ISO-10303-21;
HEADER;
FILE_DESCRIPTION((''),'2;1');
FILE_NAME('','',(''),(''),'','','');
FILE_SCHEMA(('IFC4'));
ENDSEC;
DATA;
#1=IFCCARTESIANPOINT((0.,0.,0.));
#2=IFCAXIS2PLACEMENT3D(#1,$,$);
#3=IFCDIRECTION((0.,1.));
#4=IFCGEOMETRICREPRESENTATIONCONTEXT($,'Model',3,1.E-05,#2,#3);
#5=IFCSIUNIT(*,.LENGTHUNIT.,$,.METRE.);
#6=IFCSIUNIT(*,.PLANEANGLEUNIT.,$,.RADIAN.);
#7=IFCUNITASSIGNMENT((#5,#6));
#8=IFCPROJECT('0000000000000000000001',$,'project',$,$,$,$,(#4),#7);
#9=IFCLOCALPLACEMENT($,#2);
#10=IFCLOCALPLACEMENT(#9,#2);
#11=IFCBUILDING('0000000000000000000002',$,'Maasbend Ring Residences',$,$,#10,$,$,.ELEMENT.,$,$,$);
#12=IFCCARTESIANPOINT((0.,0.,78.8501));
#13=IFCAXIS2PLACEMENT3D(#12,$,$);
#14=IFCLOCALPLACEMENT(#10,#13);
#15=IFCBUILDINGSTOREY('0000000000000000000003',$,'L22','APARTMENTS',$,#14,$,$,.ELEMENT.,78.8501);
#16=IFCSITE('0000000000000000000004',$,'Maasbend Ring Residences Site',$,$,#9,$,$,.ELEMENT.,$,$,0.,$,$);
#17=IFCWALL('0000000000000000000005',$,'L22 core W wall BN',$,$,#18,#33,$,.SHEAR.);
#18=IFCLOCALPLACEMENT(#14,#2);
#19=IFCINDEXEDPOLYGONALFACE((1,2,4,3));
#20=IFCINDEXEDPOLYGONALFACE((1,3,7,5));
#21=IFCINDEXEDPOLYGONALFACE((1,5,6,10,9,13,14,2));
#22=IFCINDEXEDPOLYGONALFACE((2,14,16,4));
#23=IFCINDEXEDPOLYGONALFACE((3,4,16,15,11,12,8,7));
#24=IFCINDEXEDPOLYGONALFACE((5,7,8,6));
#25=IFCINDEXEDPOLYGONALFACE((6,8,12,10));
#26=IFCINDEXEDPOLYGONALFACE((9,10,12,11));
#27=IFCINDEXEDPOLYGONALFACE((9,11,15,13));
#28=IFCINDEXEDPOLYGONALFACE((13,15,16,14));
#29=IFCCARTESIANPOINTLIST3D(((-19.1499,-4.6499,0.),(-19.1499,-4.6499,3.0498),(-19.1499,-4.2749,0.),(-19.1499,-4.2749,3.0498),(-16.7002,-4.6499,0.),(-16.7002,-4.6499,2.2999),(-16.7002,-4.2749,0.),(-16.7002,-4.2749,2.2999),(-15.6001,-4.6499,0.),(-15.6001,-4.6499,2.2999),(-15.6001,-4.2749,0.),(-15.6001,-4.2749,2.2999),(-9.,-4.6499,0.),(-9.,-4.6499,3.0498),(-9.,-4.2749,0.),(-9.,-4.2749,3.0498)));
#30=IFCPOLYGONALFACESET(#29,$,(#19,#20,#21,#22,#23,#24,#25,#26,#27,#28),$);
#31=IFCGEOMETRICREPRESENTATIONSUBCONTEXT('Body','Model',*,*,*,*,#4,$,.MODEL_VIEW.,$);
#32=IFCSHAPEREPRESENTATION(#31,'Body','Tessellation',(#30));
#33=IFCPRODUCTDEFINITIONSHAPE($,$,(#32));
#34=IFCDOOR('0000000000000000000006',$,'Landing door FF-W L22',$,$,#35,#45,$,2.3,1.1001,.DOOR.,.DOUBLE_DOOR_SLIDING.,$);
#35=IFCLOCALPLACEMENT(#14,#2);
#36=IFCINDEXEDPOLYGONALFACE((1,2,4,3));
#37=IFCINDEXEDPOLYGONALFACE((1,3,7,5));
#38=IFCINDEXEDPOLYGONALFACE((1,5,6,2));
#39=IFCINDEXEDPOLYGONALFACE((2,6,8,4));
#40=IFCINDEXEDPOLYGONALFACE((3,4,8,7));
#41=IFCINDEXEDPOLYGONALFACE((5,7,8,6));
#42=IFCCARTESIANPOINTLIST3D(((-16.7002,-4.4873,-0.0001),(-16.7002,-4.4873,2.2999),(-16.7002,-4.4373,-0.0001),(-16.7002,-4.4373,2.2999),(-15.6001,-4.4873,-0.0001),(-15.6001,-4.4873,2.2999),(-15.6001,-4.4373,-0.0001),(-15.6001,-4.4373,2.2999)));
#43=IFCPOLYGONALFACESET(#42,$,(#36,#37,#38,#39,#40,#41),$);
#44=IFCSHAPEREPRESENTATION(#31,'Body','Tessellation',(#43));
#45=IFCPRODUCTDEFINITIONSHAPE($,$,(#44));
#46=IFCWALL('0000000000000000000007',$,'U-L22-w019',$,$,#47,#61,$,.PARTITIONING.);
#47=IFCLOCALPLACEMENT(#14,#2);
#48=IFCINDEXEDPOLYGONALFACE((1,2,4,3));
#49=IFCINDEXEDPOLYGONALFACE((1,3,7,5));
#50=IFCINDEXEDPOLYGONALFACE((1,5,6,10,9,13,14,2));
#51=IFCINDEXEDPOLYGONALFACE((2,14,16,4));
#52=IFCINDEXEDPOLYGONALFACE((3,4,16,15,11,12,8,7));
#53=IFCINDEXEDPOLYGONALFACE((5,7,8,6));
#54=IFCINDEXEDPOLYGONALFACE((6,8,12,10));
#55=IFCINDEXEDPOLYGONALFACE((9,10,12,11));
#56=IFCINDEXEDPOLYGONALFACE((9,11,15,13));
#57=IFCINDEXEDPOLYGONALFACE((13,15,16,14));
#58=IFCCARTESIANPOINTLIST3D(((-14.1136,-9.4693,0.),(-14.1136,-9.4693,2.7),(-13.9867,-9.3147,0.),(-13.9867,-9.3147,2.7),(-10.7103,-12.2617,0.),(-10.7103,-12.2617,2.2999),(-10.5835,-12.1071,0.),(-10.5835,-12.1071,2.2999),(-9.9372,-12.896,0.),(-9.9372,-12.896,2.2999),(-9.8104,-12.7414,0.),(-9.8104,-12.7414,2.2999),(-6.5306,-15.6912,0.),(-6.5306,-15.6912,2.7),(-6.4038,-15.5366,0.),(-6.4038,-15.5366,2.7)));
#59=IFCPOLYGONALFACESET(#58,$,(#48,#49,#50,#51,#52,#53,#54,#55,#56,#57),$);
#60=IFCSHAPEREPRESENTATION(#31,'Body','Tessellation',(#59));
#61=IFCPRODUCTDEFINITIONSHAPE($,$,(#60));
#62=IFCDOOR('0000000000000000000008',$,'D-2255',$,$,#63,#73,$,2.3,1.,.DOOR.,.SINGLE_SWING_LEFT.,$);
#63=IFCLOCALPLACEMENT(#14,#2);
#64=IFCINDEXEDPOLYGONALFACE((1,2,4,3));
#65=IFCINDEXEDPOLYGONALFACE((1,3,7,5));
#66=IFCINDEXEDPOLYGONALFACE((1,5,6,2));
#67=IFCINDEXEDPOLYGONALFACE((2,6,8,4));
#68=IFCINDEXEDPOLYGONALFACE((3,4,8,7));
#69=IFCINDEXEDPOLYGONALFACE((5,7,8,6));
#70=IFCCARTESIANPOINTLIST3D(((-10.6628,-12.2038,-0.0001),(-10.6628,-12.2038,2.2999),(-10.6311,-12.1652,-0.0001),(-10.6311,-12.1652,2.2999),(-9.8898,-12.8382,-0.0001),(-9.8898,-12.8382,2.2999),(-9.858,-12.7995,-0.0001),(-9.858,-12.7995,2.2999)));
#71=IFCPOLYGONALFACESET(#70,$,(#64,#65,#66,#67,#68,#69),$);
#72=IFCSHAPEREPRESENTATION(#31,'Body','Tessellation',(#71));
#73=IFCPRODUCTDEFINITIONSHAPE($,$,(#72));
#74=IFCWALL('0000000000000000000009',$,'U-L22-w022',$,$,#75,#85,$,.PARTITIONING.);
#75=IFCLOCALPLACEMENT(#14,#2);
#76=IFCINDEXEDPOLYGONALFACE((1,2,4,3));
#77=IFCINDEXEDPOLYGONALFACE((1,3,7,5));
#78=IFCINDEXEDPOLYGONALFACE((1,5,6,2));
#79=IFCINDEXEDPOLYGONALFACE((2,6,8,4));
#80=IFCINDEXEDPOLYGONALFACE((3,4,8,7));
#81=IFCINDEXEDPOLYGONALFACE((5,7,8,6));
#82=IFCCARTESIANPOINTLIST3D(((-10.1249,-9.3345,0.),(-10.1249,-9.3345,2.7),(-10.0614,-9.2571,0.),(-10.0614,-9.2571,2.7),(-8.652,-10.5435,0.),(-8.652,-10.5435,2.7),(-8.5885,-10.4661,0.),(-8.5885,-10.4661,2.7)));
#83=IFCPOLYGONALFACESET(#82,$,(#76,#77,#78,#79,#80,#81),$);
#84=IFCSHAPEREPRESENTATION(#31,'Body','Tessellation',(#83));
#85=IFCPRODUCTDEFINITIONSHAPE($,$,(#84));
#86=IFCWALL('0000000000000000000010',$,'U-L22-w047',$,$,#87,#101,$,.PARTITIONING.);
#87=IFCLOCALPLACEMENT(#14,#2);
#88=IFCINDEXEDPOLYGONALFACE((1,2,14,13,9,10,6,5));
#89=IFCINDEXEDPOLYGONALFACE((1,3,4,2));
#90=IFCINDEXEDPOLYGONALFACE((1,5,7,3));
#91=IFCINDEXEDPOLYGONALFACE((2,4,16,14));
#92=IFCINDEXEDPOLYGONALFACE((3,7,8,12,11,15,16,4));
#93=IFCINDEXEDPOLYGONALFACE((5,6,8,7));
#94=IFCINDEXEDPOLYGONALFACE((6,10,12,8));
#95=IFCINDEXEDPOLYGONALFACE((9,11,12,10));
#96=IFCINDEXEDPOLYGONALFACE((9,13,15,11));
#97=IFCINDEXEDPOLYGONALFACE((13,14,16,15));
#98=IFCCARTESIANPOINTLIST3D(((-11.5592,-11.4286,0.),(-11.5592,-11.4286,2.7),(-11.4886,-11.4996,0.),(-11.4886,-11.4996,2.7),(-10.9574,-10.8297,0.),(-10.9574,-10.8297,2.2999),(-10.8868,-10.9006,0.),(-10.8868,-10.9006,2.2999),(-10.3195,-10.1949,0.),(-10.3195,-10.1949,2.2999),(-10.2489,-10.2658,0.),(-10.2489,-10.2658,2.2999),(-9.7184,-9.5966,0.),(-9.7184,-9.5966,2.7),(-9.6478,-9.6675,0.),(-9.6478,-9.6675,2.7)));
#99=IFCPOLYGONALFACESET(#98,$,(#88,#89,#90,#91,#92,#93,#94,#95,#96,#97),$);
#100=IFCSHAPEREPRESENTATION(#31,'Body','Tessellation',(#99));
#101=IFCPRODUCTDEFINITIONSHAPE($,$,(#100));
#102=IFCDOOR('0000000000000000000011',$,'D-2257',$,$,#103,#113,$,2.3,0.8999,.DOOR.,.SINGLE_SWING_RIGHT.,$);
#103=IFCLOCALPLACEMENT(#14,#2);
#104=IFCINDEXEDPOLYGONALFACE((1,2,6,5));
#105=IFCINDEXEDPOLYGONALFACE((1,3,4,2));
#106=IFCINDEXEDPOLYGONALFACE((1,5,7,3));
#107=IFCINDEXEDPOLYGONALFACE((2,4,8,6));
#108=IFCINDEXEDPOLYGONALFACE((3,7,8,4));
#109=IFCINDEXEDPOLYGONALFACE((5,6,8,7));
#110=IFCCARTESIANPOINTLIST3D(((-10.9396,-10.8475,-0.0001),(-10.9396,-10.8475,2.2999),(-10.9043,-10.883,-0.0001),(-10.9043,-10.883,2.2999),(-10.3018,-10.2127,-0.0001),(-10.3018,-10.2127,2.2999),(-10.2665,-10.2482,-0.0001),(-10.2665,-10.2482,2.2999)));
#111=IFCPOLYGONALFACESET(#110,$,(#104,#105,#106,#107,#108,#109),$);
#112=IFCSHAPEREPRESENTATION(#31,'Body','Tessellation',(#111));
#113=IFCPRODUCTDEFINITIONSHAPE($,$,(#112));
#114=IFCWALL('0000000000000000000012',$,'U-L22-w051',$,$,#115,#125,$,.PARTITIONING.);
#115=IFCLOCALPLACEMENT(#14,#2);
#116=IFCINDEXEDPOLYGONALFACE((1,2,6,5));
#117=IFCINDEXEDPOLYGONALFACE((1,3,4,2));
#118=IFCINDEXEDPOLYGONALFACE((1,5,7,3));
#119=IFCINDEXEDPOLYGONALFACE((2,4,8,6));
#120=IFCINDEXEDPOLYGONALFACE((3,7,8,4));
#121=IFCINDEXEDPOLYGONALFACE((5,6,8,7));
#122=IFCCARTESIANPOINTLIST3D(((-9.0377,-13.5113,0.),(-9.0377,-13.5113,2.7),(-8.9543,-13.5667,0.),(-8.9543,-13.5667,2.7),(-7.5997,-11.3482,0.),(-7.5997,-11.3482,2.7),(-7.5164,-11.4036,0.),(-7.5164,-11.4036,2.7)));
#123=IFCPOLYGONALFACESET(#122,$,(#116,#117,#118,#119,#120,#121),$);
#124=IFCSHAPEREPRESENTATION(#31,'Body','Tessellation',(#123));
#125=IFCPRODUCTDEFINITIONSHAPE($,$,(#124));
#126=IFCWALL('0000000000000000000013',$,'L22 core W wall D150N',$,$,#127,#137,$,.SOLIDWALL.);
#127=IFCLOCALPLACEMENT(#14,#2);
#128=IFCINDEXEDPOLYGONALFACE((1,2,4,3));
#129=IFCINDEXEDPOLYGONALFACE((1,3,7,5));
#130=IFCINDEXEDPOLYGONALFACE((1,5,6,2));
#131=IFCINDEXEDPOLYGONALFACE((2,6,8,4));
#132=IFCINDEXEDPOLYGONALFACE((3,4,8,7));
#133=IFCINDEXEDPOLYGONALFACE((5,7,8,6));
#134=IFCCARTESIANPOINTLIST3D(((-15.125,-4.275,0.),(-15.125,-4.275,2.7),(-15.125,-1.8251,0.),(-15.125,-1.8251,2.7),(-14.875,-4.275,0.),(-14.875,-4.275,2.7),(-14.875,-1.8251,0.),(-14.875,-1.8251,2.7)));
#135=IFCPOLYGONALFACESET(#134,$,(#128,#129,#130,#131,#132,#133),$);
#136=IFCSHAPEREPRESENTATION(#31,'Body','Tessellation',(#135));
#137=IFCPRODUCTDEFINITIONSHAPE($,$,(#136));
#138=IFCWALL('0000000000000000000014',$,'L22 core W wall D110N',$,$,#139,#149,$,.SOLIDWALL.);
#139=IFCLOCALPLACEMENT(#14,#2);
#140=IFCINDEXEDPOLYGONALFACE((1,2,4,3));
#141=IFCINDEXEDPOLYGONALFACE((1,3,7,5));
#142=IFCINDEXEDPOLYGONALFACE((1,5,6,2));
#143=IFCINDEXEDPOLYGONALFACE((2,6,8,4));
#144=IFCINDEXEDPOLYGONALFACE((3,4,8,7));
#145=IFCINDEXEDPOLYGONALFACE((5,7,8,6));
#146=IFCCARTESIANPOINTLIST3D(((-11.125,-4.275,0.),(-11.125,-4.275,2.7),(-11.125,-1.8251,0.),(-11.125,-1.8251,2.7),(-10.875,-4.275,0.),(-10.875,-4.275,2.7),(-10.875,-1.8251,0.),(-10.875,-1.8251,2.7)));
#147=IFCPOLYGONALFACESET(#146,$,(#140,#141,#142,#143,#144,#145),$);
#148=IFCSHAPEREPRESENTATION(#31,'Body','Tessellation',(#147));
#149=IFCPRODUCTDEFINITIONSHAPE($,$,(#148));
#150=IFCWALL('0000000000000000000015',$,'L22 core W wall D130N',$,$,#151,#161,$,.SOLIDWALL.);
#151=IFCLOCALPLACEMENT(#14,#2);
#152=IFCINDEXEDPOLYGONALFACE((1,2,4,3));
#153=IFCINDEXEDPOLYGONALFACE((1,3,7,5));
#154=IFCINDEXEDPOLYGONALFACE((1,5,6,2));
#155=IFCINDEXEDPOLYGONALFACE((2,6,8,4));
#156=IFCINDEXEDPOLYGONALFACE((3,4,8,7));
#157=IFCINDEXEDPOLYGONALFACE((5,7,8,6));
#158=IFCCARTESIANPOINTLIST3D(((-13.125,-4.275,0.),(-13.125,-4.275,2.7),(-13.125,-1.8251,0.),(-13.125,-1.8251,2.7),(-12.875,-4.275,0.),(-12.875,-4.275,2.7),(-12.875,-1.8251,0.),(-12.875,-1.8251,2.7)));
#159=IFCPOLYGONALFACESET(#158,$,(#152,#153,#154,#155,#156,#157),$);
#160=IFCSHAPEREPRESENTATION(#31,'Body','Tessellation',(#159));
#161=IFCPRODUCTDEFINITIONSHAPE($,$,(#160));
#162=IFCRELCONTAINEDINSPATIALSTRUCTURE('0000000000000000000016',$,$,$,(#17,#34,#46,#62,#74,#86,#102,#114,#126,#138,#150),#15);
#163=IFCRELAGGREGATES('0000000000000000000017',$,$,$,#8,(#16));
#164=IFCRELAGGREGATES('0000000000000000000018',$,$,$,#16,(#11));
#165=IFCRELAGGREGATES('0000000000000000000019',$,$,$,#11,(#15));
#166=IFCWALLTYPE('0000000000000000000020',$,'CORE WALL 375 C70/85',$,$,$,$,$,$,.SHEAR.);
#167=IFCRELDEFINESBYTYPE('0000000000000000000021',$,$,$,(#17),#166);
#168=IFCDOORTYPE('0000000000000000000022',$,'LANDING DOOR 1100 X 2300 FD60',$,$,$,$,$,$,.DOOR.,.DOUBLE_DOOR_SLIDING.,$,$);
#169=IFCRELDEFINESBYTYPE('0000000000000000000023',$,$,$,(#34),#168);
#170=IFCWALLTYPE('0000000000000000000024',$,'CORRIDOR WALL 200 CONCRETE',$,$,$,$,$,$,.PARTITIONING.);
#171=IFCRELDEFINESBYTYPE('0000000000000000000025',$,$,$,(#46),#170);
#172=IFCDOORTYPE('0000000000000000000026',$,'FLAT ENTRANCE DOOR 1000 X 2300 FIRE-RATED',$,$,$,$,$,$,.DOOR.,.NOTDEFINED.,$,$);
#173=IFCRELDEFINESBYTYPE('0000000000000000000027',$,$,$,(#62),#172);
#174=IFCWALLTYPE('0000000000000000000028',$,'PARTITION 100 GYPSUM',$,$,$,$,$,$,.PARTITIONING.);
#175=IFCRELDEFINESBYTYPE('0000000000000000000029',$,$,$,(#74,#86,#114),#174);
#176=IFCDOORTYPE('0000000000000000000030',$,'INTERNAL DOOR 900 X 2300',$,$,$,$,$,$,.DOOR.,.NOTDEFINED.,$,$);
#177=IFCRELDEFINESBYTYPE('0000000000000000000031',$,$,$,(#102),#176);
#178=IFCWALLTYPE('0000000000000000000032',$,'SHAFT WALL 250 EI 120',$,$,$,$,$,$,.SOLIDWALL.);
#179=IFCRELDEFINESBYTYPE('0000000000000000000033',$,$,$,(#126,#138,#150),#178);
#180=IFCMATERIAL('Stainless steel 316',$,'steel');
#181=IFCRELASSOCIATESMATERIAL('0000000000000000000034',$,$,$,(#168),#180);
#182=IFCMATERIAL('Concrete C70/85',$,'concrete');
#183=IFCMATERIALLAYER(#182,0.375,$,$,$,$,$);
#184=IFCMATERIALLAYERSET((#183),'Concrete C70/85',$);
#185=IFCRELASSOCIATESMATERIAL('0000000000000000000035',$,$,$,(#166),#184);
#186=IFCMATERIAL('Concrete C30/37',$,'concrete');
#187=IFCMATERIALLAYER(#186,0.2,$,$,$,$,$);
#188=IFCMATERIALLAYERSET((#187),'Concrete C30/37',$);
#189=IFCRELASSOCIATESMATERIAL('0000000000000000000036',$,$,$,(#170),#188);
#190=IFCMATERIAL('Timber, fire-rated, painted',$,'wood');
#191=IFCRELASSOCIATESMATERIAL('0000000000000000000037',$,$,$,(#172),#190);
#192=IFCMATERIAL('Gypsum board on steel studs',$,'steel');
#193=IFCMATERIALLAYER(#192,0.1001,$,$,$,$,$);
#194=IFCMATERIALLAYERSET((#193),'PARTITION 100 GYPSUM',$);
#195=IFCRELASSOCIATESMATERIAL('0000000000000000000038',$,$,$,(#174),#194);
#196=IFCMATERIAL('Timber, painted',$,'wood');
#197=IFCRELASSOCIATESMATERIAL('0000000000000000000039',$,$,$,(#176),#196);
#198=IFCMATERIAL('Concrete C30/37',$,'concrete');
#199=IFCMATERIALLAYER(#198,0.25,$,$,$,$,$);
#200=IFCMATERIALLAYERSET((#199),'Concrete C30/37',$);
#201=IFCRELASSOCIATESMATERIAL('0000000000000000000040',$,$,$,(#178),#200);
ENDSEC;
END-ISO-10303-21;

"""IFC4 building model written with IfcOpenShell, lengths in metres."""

from ifc_helpers import new_model, si_unit, direction, frame, frame_2d, origin, place, context, subcontext, project, spatial, rectangle, extrude, material, layer, layer_set, type_object, element, fill, save


model = new_model("IFC4")

# Units and contexts
model_context = context("Model", 3, precision=1e-05, world=origin(), true_north=direction((0.0, 1.0)))
body_context = subcontext(model_context, "Body", "Model", "MODEL_VIEW")
ifc_project = project(units=[si_unit("LENGTHUNIT", "METRE"), si_unit("PLANEANGLEUNIT", "RADIAN")], contexts=[model_context])

# Site, building, storey
site_placement = place(None, origin())
site = spatial("IfcSite", under=ifc_project, at=site_placement, Name="Maasbend Ring Residences Site", CompositionType="ELEMENT", RefElevation=0.0)
building_placement = place(site_placement, origin())
building = spatial("IfcBuilding", under=site, at=building_placement, Name="Maasbend Ring Residences", CompositionType="ELEMENT")
storey_placement = place(building_placement, frame((0.0, 0.0, 78.8501)))
storey = spatial("IfcBuildingStorey", under=building, at=storey_placement, Name="L22", Description="APARTMENTS", CompositionType="ELEMENT", Elevation=78.8501)

# Shared definitions
ifc_material_1 = material(Name="Stainless steel 316", Category="steel")
door_type_1 = type_object("IfcDoorType", Name="LANDING DOOR 1100 X 2300 FD60", OperationType="DOUBLE_DOOR_SLIDING", PredefinedType="DOOR", material=ifc_material_1)

# Walls, openings, doors
ifc_material_2 = material(Name="Concrete C70/85", Category="concrete")
ifc_layer_1 = layer(ifc_material_2, 0.375)
ifc_layer_set_1 = layer_set([ifc_layer_1], Name="Concrete C70/85")
wall_type_1 = type_object("IfcWallType", Name="CORE WALL 375 C70/85", PredefinedType="SHEAR", material=ifc_layer_set_1)
wall_1_placement = place(storey_placement, frame((-9.0, -4.4624, 0.0), z_axis=(0.0, 0.0, 1.0), x_axis=(-1.0, 0.0, 0.0)))
wall_1 = element("IfcWall", 1, at=wall_1_placement, inside=storey, type_object=wall_type_1, Name="L22 core W wall BN", PredefinedType="SHEAR", context=body_context, shape_type="SweptSolid", body=[
    extrude(rectangle(XDim=10.1499, YDim=0.375, at=frame_2d((5.075, 0.0))), origin(), (0.0, 0.0, 1.0), 3.0498),
])
opening_1_placement = place(wall_1_placement, frame((6.6001, 0.0, 0.0)))
opening_1 = element("IfcOpeningElement", 2, at=opening_1_placement, cuts=wall_1, PredefinedType="OPENING", context=body_context, shape_type="SweptSolid", body=[
    extrude(rectangle(XDim=1.1001, YDim=2.3, at=frame_2d((0.55, 1.1499))), frame((0.0, 0.1975, 0.0), z_axis=(0.0, -1.0, 0.0), x_axis=(1.0, 0.0, 0.0)), (0.0, 0.0, 1.0), 0.395),
])
door_1_placement = place(opening_1_placement, origin())
door_1 = element("IfcDoor", 3, at=door_1_placement, inside=storey, type_object=door_type_1, Name="Landing door FF-W L22", OperationType="DOUBLE_DOOR_SLIDING", OverallHeight=2.3, OverallWidth=1.1001, PredefinedType="DOOR", context=body_context, shape_type="SweptSolid", body=[
    extrude(rectangle(XDim=1.1001, YDim=2.3, at=frame_2d((0.55, 1.1499))), frame((0.0, 0.0249, 0.0), z_axis=(0.0, -1.0, 0.0), x_axis=(1.0, 0.0, 0.0)), (0.0, 0.0, 1.0), 0.05),
])
fill(opening_1, door_1)
ifc_material_3 = material(Name="Concrete C30/37", Category="concrete")
ifc_layer_2 = layer(ifc_material_3, 0.2)
ifc_layer_set_2 = layer_set([ifc_layer_2], Name="Concrete C30/37")
wall_type_2 = type_object("IfcWallType", Name="CORRIDOR WALL 200 CONCRETE", PredefinedType="PARTITIONING", material=ifc_layer_set_2)
wall_2_placement = place(storey_placement, frame((-14.05, -9.3921, 0.0), z_axis=(0.0, 0.0, 1.0), x_axis=(0.773075, -0.634315, 0.0)))
wall_2 = element("IfcWall", 4, at=wall_2_placement, inside=storey, type_object=wall_type_2, Name="U-L22-w019", PredefinedType="PARTITIONING", context=body_context, shape_type="SweptSolid", body=[
    extrude(rectangle(XDim=9.8088, YDim=0.2, at=frame_2d((4.9043, 0.0))), origin(), (0.0, 0.0, 1.0), 2.7),
])
opening_2_placement = place(wall_2_placement, frame((4.4021, 0.0, 0.0)))
opening_2 = element("IfcOpeningElement", 5, at=opening_2_placement, cuts=wall_2, PredefinedType="OPENING", context=body_context, shape_type="SweptSolid", body=[
    extrude(rectangle(XDim=1.0, YDim=2.3, at=frame_2d((0.5, 1.1499))), frame((0.0, 0.1099, 0.0), z_axis=(0.0, -1.0, 0.0), x_axis=(1.0, 0.0, 0.0)), (0.0, 0.0, 1.0), 0.22),
])
ifc_material_4 = material(Name="Timber, fire-rated, painted", Category="wood")
door_type_2 = type_object("IfcDoorType", Name="FLAT ENTRANCE DOOR 1000 X 2300 FIRE-RATED", OperationType="NOTDEFINED", PredefinedType="DOOR", material=ifc_material_4)
door_2_placement = place(opening_2_placement, origin())
door_2 = element("IfcDoor", 6, at=door_2_placement, inside=storey, type_object=door_type_2, Name="D-2255", OperationType="SINGLE_SWING_LEFT", OverallHeight=2.3, OverallWidth=1.0, PredefinedType="DOOR", context=body_context, shape_type="SweptSolid", body=[
    extrude(rectangle(XDim=1.0, YDim=2.3, at=frame_2d((0.5, 1.1499))), frame((0.0, 0.0249, 0.0), z_axis=(0.0, -1.0, 0.0), x_axis=(1.0, 0.0, 0.0)), (0.0, 0.0, 1.0), 0.05),
])
fill(opening_2, door_2)

# Wall
ifc_material_5 = material(Name="Gypsum board on steel studs", Category="steel")
ifc_layer_3 = layer(ifc_material_5, 0.1001)
ifc_layer_set_3 = layer_set([ifc_layer_3], Name="PARTITION 100 GYPSUM")
wall_type_3 = type_object("IfcWallType", Name="PARTITION 100 GYPSUM", PredefinedType="PARTITIONING", material=ifc_layer_set_3)
wall_3_placement = place(storey_placement, frame((-10.093, -9.2959, 0.0), z_axis=(0.0, 0.0, 1.0), x_axis=(0.772957, -0.634458, 0.0)))
element("IfcWall", 7, at=wall_3_placement, inside=storey, type_object=wall_type_3, Name="U-L22-w022", PredefinedType="PARTITIONING", context=body_context, shape_type="SweptSolid", body=[
    extrude(rectangle(XDim=1.9055, YDim=0.1001, at=frame_2d((0.9526, 0.0))), origin(), (0.0, 0.0, 1.0), 2.7),
])

# Wall, opening, door
wall_4_placement = place(storey_placement, frame((-11.5239, -11.4641, 0.0), z_axis=(0.0, 0.0, 1.0), x_axis=(0.708797, 0.705413, 0.0)))
wall_4 = element("IfcWall", 8, at=wall_4_placement, inside=storey, type_object=wall_type_3, Name="U-L22-w047", PredefinedType="PARTITIONING", context=body_context, shape_type="SweptSolid", body=[
    extrude(rectangle(XDim=2.5972, YDim=0.1001, at=frame_2d((1.2986, 0.0))), origin(), (0.0, 0.0, 1.0), 2.7),
])
opening_3_placement = place(wall_4_placement, frame((0.8491, 0.0, 0.0)))
opening_3 = element("IfcOpeningElement", 9, at=opening_3_placement, cuts=wall_4, PredefinedType="OPENING", context=body_context, shape_type="SweptSolid", body=[
    extrude(rectangle(XDim=0.8999, YDim=2.3, at=frame_2d((0.45, 1.1499))), frame((0.0, 0.0601, 0.0), z_axis=(0.0, -1.0, 0.0), x_axis=(1.0, 0.0, 0.0)), (0.0, 0.0, 1.0), 0.1201),
])
ifc_material_6 = material(Name="Timber, painted", Category="wood")
door_type_3 = type_object("IfcDoorType", Name="INTERNAL DOOR 900 X 2300", OperationType="NOTDEFINED", PredefinedType="DOOR", material=ifc_material_6)
door_3_placement = place(opening_3_placement, origin())
door_3 = element("IfcDoor", 10, at=door_3_placement, inside=storey, type_object=door_type_3, Name="D-2257", OperationType="SINGLE_SWING_RIGHT", OverallHeight=2.3, OverallWidth=0.8999, PredefinedType="DOOR", context=body_context, shape_type="SweptSolid", body=[
    extrude(rectangle(XDim=0.8999, YDim=2.3, at=frame_2d((0.45, 1.1499))), frame((0.0, 0.0249, 0.0), z_axis=(0.0, -1.0, 0.0), x_axis=(1.0, 0.0, 0.0)), (0.0, 0.0, 1.0), 0.05),
])
fill(opening_3, door_3)

# Walls
wall_5_placement = place(storey_placement, frame((-8.9961, -13.5391, 0.0), z_axis=(0.0, 0.0, 1.0), x_axis=(0.553615, 0.832773, 0.0)))
element("IfcWall", 11, at=wall_5_placement, inside=storey, type_object=wall_type_3, Name="U-L22-w051", PredefinedType="PARTITIONING", context=body_context, shape_type="SweptSolid", body=[
    extrude(rectangle(XDim=2.5974, YDim=0.1001, at=frame_2d((1.2988, 0.0))), origin(), (0.0, 0.0, 1.0), 2.7),
])
ifc_material_7 = material(Name="Concrete C30/37", Category="concrete")
ifc_layer_4 = layer(ifc_material_7, 0.25)
ifc_layer_set_4 = layer_set([ifc_layer_4], Name="Concrete C30/37")
wall_type_4 = type_object("IfcWallType", Name="SHAFT WALL 250 EI 120", PredefinedType="SOLIDWALL", material=ifc_layer_set_4)
for number, where, z_axis, x_axis, name in (
    (12, (-15.0, -1.825, 0.0), (0.0, 0.0, 1.0), (0.0, -1.0, 0.0), "L22 core W wall D150N"),
    (13, (-11.0, -1.825, 0.0), (0.0, 0.0, 1.0), (0.0, -1.0, 0.0), "L22 core W wall D110N"),
    (14, (-13.0, -1.825, 0.0), (0.0, 0.0, 1.0), (0.0, -1.0, 0.0), "L22 core W wall D130N"),
):
    element("IfcWall", number, at=place(storey_placement, frame(where, z_axis=z_axis, x_axis=x_axis)), inside=storey, type_object=wall_type_4, Name=name, PredefinedType="SOLIDWALL", context=body_context, shape_type="SweptSolid", body=[
        extrude(rectangle(XDim=2.45, YDim=0.25, at=frame_2d((1.2251, 0.0))), origin(), (0.0, 0.0, 1.0), 2.7),
    ])

save(model, "model.ifc")
